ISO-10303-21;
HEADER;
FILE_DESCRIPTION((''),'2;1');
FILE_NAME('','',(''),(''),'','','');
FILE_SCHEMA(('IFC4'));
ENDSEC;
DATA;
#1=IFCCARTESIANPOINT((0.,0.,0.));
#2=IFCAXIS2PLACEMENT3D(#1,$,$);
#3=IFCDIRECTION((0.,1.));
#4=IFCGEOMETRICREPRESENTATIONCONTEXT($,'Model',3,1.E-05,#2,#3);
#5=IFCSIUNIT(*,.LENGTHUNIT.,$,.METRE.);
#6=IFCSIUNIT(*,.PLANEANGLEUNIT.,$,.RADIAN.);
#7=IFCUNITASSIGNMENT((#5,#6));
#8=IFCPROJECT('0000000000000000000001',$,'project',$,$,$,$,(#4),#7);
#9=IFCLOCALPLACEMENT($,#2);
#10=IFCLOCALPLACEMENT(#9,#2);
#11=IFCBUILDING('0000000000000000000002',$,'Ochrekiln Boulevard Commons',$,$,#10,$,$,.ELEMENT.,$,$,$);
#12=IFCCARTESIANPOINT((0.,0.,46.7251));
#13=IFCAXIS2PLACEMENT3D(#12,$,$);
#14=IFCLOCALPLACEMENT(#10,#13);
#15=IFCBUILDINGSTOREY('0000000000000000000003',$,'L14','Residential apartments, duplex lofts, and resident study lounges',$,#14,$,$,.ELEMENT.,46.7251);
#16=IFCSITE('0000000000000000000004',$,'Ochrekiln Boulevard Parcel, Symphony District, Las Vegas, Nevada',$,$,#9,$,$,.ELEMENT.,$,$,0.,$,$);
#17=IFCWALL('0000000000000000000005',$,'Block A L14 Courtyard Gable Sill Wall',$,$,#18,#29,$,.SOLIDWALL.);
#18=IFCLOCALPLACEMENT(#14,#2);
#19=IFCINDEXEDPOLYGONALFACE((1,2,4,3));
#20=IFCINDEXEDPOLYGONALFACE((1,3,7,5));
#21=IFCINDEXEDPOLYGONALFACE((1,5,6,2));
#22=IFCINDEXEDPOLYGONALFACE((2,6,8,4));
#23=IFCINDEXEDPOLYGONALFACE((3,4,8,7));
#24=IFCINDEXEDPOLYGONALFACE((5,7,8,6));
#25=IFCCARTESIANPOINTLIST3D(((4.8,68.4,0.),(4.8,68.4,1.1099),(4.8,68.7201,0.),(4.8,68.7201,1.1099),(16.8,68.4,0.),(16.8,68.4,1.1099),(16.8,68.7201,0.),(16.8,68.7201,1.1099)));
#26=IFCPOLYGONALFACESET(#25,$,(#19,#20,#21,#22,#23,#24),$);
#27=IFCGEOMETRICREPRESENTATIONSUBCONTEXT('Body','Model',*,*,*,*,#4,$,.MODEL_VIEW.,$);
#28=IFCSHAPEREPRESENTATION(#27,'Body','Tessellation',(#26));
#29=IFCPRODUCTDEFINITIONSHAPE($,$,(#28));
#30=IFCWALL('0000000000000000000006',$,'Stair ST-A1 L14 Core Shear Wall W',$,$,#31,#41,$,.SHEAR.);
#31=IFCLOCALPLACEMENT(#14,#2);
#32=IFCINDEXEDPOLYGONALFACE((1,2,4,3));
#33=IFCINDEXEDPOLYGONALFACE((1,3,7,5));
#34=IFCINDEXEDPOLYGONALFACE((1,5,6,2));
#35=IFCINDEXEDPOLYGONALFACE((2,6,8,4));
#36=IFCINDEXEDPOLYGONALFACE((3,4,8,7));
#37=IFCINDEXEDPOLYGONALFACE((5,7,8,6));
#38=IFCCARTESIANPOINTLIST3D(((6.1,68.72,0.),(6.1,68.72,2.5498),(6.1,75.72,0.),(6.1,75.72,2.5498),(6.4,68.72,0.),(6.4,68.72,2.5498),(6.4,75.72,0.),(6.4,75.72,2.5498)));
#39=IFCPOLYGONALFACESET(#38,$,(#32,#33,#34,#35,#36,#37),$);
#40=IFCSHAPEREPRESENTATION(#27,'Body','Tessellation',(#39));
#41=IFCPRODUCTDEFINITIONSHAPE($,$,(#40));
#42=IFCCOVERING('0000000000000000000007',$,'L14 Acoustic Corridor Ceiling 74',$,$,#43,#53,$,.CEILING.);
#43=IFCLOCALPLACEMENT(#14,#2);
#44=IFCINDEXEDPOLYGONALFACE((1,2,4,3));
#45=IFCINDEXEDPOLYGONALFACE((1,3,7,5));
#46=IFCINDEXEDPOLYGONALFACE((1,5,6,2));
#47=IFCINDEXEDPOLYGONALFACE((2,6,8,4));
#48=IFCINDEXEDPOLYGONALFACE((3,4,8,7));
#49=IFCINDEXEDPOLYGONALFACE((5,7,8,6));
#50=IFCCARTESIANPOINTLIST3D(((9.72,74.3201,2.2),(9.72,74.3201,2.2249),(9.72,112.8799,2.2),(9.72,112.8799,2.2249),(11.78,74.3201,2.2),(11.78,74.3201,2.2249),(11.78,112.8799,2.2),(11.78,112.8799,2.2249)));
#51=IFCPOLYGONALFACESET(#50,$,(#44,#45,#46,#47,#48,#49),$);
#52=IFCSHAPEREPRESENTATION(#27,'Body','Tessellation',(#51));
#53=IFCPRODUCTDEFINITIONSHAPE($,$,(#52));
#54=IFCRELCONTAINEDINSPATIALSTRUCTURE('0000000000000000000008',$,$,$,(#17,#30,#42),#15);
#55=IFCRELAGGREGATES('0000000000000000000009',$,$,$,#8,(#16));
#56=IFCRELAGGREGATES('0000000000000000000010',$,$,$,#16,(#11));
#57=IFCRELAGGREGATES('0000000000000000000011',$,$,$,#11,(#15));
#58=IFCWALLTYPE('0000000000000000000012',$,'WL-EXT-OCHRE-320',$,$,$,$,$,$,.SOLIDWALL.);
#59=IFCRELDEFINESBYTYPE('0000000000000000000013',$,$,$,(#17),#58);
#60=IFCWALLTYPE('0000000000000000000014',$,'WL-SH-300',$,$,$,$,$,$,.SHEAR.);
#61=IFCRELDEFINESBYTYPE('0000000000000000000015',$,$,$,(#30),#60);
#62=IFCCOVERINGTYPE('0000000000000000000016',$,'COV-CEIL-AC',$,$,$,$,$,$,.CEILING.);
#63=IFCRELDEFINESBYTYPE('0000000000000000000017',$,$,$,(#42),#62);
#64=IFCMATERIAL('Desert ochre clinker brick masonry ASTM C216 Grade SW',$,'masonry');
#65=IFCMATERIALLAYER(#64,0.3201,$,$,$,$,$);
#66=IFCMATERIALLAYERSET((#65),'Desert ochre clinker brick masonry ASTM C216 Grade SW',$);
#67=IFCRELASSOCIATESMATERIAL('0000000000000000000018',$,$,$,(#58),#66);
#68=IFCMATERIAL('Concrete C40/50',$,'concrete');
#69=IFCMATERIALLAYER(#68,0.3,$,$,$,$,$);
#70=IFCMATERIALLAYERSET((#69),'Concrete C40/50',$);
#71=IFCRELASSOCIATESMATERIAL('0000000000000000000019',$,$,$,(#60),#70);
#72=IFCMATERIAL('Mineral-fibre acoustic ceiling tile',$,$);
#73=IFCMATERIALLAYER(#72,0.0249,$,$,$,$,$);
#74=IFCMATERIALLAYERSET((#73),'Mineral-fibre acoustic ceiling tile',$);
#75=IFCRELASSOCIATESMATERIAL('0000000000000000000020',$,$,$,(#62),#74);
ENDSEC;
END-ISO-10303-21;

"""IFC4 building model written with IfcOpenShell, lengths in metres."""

from ifc_helpers import new_model, si_unit, direction, frame, frame_2d, origin, place, context, subcontext, project, spatial, polyline, rectangle, outline, extrude, material, layer, layer_set, type_object, element, save


model = new_model("IFC4")

# Units and contexts
model_context = context("Model", 3, precision=1e-05, world=origin(), true_north=direction((0.0, 1.0)))
body_context = subcontext(model_context, "Body", "Model", "MODEL_VIEW")
ifc_project = project(units=[si_unit("LENGTHUNIT", "METRE"), si_unit("PLANEANGLEUNIT", "RADIAN")], contexts=[model_context])

# Site, building, storey
site_placement = place(None, origin())
site = spatial("IfcSite", under=ifc_project, at=site_placement, Name="Ochrekiln Boulevard Parcel, Symphony District, Las Vegas, Nevada", CompositionType="ELEMENT", RefElevation=0.0)
building_placement = place(site_placement, origin())
building = spatial("IfcBuilding", under=site, at=building_placement, Name="Ochrekiln Boulevard Commons", CompositionType="ELEMENT")
storey_placement = place(building_placement, frame((0.0, 0.0, 46.7251)))
storey = spatial("IfcBuildingStorey", under=building, at=storey_placement, Name="L14", Description="Residential apartments, duplex lofts, and resident study lounges", CompositionType="ELEMENT", Elevation=46.7251)

# Shared definitions
ifc_material_1 = material(Name="Concrete C40/50", Category="concrete")

# Shared definitions
ifc_material_2 = material(Name="Desert ochre clinker brick masonry ASTM C216 Grade SW", Category="masonry")
ifc_layer_1 = layer(ifc_material_2, 0.3201)
ifc_layer_set_1 = layer_set([ifc_layer_1], Name="Desert ochre clinker brick masonry ASTM C216 Grade SW")
wall_type_1 = type_object("IfcWallType", Name="WL-EXT-OCHRE-320", PredefinedType="SOLIDWALL", material=ifc_layer_set_1)

# Walls
wall_1_placement = place(storey_placement, frame((4.8, 68.5601, 0.0), z_axis=(0.0, 0.0, 1.0), x_axis=(1.0, 0.0, 0.0)))
element("IfcWall", 1, at=wall_1_placement, inside=storey, type_object=wall_type_1, Name="Block A L14 Courtyard Gable Sill Wall", PredefinedType="SOLIDWALL", context=body_context, shape_type="SweptSolid", body=[
    extrude(rectangle(XDim=12.0, YDim=0.3201, at=frame_2d((6.0, 0.0))), origin(), (0.0, 0.0, 1.0), 1.1099),
])
ifc_layer_2 = layer(ifc_material_1, 0.3)
ifc_layer_set_2 = layer_set([ifc_layer_2], Name="Concrete C40/50")
wall_type_2 = type_object("IfcWallType", Name="WL-SH-300", PredefinedType="SHEAR", material=ifc_layer_set_2)
wall_2_placement = place(storey_placement, frame((6.25, 68.72, 0.0), z_axis=(0.0, 0.0, 1.0), x_axis=(0.0, 1.0, 0.0)))
element("IfcWall", 2, at=wall_2_placement, inside=storey, type_object=wall_type_2, Name="Stair ST-A1 L14 Core Shear Wall W", PredefinedType="SHEAR", context=body_context, shape_type="SweptSolid", body=[
    extrude(rectangle(XDim=7.0, YDim=0.3, at=frame_2d((3.5, 0.0))), origin(), (0.0, 0.0, 1.0), 2.5498),
])

# Covering
ifc_material_3 = material(Name="Mineral-fibre acoustic ceiling tile")
ifc_layer_3 = layer(ifc_material_3, 0.0249)
ifc_layer_set_3 = layer_set([ifc_layer_3], Name="Mineral-fibre acoustic ceiling tile")
covering_type = type_object("IfcCoveringType", Name="COV-CEIL-AC", PredefinedType="CEILING", material=ifc_layer_set_3)
covering_placement = place(storey_placement, frame((0.0, 0.0, 2.2)))
element("IfcCovering", 3, at=covering_placement, inside=storey, type_object=covering_type, Name="L14 Acoustic Corridor Ceiling 74", PredefinedType="CEILING", context=body_context, shape_type="SweptSolid", body=[
    extrude(outline(polyline([(9.72, 74.3201), (11.78, 74.3201), (11.78, 112.8799), (9.72, 112.8799), (9.72, 74.3201)])), origin(), (0.0, 0.0, 1.0), 0.0249),
])

save(model, "model.ifc")
